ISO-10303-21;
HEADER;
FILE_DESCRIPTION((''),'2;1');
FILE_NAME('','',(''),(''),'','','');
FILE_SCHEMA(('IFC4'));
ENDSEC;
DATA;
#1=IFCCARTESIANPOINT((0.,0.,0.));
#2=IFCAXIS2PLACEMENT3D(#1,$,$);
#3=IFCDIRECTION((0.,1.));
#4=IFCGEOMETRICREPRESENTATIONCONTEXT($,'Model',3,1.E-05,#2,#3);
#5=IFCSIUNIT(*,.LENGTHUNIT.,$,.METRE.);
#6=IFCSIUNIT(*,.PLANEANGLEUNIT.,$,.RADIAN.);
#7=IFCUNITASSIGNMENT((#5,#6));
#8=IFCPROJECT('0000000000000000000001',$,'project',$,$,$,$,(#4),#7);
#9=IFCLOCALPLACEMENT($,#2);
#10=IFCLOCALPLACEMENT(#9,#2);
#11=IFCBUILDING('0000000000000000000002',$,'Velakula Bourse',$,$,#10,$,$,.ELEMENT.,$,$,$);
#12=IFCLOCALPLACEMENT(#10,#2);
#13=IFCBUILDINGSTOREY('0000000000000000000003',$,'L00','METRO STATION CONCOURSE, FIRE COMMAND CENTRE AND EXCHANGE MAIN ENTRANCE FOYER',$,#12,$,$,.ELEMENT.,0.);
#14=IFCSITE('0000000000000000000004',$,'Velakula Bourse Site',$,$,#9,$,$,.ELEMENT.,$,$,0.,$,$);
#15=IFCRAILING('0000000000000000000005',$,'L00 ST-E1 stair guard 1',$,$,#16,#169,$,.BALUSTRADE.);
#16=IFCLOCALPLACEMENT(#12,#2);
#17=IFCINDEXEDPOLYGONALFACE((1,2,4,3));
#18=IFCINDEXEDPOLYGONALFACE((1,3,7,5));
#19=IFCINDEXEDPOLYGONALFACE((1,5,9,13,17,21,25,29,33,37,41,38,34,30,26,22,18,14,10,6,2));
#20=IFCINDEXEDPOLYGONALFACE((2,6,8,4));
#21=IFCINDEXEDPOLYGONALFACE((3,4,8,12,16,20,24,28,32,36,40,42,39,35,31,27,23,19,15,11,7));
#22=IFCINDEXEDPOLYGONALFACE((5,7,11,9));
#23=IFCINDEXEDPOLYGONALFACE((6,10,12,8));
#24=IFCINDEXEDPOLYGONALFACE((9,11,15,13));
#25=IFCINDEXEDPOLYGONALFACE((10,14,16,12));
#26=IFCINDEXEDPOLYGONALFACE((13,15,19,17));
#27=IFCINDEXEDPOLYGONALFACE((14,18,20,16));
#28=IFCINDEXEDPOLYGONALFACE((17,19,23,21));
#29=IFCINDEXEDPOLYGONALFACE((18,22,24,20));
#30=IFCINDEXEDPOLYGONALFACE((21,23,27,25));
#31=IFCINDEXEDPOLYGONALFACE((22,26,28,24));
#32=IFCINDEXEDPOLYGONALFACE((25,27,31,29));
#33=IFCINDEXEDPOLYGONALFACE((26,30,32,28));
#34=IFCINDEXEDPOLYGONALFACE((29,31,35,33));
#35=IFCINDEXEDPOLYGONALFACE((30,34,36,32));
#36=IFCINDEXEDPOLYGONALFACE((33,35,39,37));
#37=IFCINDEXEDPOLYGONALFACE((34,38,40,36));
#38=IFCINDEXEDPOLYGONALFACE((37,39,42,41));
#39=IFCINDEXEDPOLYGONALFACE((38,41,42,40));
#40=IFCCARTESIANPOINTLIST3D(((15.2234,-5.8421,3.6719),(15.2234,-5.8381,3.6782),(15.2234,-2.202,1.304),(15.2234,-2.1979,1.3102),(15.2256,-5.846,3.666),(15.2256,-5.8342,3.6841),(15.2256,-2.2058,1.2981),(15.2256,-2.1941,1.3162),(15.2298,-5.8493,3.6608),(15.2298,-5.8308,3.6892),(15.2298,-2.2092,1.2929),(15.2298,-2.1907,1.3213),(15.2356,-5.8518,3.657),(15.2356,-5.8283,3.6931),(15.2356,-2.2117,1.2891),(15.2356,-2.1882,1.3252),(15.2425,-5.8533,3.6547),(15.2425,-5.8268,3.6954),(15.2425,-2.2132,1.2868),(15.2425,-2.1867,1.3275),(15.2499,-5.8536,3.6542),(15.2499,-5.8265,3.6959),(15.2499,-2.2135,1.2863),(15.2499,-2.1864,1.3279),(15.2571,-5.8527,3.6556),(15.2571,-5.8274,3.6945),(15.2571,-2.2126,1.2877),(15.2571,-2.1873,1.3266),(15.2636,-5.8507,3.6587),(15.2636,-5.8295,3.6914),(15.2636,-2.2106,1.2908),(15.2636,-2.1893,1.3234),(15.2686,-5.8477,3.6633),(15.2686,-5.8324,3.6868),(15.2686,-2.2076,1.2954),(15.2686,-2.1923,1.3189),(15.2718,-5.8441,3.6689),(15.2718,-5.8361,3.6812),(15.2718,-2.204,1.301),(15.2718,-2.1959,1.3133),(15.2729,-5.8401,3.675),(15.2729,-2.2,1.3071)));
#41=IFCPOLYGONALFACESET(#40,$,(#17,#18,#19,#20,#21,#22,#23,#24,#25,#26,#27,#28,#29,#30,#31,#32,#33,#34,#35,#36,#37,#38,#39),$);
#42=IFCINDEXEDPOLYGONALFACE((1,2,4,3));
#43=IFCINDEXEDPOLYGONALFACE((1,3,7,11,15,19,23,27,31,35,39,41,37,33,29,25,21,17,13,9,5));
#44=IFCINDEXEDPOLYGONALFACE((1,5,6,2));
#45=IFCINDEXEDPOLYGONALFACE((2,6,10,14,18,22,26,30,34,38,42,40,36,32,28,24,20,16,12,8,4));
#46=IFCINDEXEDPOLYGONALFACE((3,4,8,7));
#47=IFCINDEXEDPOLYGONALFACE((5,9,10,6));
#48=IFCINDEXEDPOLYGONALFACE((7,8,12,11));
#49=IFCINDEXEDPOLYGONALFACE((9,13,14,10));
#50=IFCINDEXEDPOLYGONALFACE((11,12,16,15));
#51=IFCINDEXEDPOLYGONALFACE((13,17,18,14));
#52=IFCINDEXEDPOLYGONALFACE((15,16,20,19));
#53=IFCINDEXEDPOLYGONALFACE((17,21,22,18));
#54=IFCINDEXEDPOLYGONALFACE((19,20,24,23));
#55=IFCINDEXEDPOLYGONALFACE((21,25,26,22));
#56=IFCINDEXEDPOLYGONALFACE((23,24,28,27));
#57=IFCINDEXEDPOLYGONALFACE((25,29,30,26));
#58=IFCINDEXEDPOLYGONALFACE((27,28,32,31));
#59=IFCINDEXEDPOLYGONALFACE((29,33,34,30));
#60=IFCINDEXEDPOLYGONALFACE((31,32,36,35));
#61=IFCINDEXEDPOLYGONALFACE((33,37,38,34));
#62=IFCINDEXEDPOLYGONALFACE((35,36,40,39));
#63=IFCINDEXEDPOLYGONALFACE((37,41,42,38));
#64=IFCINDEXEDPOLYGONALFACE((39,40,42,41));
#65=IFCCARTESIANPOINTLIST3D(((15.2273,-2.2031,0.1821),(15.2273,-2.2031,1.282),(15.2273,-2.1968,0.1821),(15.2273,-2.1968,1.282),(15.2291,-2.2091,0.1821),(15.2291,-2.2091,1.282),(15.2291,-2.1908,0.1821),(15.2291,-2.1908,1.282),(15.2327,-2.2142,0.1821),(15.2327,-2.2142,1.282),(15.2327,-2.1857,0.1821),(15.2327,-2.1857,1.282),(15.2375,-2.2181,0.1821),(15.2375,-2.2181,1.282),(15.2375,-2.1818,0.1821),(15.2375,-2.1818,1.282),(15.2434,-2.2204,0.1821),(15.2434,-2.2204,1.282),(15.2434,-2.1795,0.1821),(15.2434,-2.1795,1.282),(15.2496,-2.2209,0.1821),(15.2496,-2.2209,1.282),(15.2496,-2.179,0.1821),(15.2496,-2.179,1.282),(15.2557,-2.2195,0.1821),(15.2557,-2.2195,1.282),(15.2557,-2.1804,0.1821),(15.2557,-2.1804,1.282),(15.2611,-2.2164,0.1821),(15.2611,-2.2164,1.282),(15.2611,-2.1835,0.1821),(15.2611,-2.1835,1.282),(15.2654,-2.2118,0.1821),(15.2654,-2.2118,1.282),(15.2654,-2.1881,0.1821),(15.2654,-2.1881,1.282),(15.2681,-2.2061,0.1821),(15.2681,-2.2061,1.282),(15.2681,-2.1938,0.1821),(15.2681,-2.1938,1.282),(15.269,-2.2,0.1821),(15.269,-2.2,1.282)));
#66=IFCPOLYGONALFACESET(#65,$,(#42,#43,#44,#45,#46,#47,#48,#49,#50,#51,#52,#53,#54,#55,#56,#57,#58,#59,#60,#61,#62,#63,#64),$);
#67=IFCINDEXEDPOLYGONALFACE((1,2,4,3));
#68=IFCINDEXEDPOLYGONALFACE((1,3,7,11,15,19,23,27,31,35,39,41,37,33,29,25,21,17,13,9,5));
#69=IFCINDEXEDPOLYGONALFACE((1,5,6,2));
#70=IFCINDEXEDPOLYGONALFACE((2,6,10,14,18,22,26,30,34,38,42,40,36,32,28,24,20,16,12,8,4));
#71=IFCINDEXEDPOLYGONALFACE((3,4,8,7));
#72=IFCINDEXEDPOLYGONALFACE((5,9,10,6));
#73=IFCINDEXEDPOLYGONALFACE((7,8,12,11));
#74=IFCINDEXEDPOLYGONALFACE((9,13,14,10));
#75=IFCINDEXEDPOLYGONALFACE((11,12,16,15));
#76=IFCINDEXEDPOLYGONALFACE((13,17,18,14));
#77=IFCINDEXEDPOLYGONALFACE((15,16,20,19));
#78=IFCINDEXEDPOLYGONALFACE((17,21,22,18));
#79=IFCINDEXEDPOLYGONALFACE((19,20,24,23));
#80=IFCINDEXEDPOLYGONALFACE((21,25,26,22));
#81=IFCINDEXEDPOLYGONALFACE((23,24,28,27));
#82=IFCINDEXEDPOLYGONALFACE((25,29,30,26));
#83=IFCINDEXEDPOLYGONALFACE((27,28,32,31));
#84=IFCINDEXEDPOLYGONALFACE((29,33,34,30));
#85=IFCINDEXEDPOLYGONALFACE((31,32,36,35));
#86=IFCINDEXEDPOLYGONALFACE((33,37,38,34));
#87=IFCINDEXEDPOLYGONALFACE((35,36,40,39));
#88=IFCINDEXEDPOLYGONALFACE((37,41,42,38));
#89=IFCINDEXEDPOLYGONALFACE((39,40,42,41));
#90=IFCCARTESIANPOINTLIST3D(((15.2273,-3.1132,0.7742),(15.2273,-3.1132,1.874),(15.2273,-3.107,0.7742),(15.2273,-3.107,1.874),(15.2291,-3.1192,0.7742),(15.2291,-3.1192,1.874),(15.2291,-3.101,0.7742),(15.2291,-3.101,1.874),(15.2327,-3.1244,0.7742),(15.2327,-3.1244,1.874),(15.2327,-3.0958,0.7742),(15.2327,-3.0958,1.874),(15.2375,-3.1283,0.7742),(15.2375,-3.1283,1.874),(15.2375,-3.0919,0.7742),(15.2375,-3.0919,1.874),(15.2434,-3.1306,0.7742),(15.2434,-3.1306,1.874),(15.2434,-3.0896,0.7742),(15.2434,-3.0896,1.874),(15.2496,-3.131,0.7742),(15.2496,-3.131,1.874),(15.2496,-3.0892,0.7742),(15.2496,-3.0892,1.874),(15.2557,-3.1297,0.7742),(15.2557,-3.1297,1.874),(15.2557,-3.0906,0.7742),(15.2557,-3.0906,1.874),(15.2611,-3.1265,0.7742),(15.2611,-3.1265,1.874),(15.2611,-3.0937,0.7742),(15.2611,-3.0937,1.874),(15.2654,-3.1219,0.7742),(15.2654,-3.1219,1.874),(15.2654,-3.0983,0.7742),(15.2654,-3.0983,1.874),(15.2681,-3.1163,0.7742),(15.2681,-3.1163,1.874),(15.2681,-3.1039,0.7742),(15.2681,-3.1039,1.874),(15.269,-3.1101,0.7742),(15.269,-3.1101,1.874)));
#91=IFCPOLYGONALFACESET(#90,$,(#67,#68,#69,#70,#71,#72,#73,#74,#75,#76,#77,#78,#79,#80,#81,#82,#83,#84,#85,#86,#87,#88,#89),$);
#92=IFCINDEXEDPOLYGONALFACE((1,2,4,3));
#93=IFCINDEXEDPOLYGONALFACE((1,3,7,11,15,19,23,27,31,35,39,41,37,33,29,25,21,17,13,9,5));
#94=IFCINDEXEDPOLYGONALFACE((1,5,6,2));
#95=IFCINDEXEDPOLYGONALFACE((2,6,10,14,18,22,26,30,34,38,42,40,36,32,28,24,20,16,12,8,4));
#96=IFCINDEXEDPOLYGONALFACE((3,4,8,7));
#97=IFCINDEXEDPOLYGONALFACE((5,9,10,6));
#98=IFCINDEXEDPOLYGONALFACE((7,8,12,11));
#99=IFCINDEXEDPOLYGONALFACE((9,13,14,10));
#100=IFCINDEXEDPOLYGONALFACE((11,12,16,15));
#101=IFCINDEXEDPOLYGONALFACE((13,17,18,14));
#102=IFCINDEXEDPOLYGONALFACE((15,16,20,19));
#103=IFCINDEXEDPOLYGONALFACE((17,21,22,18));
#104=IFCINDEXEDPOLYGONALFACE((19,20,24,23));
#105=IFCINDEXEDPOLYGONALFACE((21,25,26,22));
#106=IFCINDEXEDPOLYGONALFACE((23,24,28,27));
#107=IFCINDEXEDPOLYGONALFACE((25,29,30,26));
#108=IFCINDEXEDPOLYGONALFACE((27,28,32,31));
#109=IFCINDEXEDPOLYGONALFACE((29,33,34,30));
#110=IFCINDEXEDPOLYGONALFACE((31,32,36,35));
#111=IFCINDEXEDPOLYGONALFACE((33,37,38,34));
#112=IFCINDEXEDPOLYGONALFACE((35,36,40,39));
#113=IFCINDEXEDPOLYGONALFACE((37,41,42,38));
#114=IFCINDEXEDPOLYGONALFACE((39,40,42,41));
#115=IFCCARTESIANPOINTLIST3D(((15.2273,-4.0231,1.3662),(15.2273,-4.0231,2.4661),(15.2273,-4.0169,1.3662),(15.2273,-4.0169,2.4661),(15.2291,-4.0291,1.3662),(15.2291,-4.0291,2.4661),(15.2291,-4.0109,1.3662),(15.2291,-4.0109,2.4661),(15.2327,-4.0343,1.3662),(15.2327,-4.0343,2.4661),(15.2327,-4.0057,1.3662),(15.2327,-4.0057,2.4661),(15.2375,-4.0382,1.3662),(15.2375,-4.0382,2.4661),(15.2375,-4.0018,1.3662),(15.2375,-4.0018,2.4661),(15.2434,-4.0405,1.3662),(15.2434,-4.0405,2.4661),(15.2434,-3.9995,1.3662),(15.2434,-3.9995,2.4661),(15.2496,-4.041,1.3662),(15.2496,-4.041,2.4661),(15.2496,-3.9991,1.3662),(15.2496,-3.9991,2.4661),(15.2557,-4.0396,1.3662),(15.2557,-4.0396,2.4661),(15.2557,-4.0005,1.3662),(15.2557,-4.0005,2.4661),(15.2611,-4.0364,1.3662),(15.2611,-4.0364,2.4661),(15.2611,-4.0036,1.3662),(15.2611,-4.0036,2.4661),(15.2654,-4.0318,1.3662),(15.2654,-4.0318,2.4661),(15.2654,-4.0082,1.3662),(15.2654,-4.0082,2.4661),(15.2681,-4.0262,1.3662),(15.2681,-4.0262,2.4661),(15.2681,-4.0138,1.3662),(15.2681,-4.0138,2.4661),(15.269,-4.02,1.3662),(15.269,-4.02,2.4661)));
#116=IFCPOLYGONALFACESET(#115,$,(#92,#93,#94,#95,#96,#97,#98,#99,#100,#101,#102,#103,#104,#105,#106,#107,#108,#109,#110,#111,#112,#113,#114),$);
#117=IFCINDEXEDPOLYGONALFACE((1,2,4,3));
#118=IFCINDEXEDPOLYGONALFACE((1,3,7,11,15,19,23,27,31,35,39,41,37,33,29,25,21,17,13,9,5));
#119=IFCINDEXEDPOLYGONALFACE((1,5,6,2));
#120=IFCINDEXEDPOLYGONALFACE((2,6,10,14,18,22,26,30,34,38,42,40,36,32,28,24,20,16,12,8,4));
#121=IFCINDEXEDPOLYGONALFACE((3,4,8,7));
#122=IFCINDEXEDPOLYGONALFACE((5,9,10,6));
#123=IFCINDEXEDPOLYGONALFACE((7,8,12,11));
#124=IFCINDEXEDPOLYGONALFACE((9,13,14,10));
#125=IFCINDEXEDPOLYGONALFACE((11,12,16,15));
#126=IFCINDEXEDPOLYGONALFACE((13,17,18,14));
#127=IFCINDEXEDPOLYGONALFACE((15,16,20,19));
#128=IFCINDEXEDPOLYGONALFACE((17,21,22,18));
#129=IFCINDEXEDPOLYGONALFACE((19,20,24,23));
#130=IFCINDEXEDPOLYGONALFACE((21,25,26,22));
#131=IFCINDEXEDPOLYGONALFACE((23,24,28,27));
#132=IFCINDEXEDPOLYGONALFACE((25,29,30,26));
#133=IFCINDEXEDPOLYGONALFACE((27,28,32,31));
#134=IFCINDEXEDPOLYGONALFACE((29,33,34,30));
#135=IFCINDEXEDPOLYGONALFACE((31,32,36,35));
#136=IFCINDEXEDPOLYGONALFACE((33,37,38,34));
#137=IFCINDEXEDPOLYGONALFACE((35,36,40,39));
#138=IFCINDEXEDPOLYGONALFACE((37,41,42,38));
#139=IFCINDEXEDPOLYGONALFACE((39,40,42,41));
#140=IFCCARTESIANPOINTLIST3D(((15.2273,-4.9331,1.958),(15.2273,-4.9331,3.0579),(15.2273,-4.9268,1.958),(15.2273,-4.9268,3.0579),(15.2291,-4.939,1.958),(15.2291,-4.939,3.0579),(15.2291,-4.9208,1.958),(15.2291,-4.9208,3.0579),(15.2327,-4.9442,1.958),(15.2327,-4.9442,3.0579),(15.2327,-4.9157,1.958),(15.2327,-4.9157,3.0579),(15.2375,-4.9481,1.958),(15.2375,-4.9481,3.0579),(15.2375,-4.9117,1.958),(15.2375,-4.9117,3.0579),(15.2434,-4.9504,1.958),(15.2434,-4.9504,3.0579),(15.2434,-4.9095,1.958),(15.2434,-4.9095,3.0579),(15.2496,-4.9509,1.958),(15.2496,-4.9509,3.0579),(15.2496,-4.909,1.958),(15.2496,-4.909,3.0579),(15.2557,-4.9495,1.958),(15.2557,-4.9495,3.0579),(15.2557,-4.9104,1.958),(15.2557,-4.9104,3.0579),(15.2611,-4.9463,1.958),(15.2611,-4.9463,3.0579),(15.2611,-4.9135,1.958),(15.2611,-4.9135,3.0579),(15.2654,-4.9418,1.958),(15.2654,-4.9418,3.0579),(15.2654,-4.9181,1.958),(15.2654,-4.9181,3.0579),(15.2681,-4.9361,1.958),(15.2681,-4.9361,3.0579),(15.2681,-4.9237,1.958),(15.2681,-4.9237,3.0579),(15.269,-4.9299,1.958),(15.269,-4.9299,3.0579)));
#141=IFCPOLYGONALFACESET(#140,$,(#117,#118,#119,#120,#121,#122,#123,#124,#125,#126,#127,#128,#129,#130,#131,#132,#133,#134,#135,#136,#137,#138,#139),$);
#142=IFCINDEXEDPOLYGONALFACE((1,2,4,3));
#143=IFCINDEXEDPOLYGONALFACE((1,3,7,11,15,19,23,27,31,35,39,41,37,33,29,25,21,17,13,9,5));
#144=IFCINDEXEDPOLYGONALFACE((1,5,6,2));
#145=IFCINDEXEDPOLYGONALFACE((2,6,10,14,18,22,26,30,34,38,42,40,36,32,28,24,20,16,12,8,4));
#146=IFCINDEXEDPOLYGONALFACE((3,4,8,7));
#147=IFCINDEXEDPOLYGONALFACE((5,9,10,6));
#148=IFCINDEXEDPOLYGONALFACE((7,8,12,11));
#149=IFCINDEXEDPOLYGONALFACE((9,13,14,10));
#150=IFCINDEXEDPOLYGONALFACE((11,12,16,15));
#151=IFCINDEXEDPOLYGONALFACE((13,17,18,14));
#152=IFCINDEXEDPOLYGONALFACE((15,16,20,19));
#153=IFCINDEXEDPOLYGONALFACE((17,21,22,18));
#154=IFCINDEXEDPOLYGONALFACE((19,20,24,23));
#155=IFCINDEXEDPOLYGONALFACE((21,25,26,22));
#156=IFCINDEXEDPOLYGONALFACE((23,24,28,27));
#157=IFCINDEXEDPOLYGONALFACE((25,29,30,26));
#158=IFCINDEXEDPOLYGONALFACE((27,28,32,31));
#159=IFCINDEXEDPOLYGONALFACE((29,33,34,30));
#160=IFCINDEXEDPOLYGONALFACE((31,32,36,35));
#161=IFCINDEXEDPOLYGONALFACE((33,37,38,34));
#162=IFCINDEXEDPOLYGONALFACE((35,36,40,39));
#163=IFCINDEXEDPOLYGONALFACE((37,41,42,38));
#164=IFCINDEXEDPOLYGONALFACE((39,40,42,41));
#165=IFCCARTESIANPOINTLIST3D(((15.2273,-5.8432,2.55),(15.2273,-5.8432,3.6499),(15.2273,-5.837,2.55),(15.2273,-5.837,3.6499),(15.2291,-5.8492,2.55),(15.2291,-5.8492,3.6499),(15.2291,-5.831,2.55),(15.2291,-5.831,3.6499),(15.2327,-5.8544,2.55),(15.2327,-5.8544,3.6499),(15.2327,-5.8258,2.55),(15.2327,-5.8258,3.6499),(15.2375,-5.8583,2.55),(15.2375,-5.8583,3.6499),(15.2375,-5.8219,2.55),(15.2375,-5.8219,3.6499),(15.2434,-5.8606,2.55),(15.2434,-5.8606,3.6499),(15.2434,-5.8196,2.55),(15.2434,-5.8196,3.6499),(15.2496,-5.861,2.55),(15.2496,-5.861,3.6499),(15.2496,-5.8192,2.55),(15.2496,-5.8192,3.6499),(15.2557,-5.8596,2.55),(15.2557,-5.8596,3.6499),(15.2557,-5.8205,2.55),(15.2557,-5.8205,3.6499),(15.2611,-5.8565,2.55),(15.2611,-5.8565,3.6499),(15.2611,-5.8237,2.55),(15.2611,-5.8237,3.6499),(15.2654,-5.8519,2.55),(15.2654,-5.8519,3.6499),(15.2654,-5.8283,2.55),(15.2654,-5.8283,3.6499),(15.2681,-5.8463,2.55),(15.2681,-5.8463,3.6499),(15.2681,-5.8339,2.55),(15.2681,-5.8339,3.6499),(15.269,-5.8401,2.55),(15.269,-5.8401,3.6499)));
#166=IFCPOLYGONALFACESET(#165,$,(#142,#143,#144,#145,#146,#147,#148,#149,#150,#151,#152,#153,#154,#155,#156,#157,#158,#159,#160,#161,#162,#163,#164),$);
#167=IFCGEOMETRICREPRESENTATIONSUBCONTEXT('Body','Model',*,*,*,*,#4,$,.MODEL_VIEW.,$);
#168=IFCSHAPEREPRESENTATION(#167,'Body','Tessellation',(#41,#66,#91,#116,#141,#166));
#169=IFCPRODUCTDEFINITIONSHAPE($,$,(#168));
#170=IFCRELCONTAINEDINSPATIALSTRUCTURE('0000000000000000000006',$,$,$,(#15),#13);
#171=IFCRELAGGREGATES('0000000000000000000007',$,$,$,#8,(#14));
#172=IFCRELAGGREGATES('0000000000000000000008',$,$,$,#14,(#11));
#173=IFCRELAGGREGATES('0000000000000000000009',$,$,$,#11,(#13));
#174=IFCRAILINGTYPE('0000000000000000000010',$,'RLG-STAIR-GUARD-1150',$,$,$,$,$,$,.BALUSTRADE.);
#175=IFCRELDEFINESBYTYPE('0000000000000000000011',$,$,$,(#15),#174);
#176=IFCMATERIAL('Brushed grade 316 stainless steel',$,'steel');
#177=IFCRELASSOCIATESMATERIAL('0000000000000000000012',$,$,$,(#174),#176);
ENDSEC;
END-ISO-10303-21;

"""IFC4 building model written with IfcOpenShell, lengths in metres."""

from ifc_helpers import new_model, si_unit, direction, frame, origin, origin_2d, place, context, subcontext, project, spatial, circle, extrude, material, type_object, element, save


model = new_model("IFC4")

# Units and contexts
model_context = context("Model", 3, precision=1e-05, world=origin(), true_north=direction((0.0, 1.0)))
body_context = subcontext(model_context, "Body", "Model", "MODEL_VIEW")
ifc_project = project(units=[si_unit("LENGTHUNIT", "METRE"), si_unit("PLANEANGLEUNIT", "RADIAN")], contexts=[model_context])

# Site, building, storey
site_placement = place(None, origin())
site = spatial("IfcSite", under=ifc_project, at=site_placement, Name="Velakula Bourse Site", CompositionType="ELEMENT", RefElevation=0.0)
building_placement = place(site_placement, origin())
building = spatial("IfcBuilding", under=site, at=building_placement, Name="Velakula Bourse", CompositionType="ELEMENT")
storey_placement = place(building_placement, origin())
storey = spatial("IfcBuildingStorey", under=building, at=storey_placement, Name="L00", Description="METRO STATION CONCOURSE, FIRE COMMAND CENTRE AND EXCHANGE MAIN ENTRANCE FOYER", CompositionType="ELEMENT", Elevation=0.0)

# Shared definitions
ifc_material_1 = material(Name="Brushed grade 316 stainless steel", Category="steel")

# Railing
railing_type_1 = type_object("IfcRailingType", Name="RLG-STAIR-GUARD-1150", PredefinedType="BALUSTRADE", material=ifc_material_1)
railing_1_placement = place(storey_placement, frame((15.248, -2.2, 0.1821)))
element("IfcRailing", 1, at=railing_1_placement, inside=storey, type_object=railing_type_1, Name="L00 ST-E1 stair guard 1", PredefinedType="BALUSTRADE", context=body_context, shape_type="SweptSolid", body=[
    extrude(circle(Radius=0.0249, at=origin_2d()), frame((0.0, 0.0, 1.125), z_axis=(0.0, -0.838251, 0.545285), x_axis=(1.0, 0.0, 0.0)), (0.0, 0.0, 1.0), 4.3425),
    extrude(circle(Radius=0.021, at=origin_2d()), origin(), (0.0, 0.0, 1.0), 1.0999),
    extrude(circle(Radius=0.021, at=origin_2d()), frame((0.0, -0.9102, 0.592)), (0.0, 0.0, 1.0), 1.0999),
    extrude(circle(Radius=0.021, at=origin_2d()), frame((0.0, -1.8201, 1.1841)), (0.0, 0.0, 1.0), 1.0999),
    extrude(circle(Radius=0.021, at=origin_2d()), frame((0.0, -2.73, 1.7759)), (0.0, 0.0, 1.0), 1.0999),
    extrude(circle(Radius=0.021, at=origin_2d()), frame((0.0, -3.6401, 2.3679)), (0.0, 0.0, 1.0), 1.0999),
])

save(model, "model.ifc")
